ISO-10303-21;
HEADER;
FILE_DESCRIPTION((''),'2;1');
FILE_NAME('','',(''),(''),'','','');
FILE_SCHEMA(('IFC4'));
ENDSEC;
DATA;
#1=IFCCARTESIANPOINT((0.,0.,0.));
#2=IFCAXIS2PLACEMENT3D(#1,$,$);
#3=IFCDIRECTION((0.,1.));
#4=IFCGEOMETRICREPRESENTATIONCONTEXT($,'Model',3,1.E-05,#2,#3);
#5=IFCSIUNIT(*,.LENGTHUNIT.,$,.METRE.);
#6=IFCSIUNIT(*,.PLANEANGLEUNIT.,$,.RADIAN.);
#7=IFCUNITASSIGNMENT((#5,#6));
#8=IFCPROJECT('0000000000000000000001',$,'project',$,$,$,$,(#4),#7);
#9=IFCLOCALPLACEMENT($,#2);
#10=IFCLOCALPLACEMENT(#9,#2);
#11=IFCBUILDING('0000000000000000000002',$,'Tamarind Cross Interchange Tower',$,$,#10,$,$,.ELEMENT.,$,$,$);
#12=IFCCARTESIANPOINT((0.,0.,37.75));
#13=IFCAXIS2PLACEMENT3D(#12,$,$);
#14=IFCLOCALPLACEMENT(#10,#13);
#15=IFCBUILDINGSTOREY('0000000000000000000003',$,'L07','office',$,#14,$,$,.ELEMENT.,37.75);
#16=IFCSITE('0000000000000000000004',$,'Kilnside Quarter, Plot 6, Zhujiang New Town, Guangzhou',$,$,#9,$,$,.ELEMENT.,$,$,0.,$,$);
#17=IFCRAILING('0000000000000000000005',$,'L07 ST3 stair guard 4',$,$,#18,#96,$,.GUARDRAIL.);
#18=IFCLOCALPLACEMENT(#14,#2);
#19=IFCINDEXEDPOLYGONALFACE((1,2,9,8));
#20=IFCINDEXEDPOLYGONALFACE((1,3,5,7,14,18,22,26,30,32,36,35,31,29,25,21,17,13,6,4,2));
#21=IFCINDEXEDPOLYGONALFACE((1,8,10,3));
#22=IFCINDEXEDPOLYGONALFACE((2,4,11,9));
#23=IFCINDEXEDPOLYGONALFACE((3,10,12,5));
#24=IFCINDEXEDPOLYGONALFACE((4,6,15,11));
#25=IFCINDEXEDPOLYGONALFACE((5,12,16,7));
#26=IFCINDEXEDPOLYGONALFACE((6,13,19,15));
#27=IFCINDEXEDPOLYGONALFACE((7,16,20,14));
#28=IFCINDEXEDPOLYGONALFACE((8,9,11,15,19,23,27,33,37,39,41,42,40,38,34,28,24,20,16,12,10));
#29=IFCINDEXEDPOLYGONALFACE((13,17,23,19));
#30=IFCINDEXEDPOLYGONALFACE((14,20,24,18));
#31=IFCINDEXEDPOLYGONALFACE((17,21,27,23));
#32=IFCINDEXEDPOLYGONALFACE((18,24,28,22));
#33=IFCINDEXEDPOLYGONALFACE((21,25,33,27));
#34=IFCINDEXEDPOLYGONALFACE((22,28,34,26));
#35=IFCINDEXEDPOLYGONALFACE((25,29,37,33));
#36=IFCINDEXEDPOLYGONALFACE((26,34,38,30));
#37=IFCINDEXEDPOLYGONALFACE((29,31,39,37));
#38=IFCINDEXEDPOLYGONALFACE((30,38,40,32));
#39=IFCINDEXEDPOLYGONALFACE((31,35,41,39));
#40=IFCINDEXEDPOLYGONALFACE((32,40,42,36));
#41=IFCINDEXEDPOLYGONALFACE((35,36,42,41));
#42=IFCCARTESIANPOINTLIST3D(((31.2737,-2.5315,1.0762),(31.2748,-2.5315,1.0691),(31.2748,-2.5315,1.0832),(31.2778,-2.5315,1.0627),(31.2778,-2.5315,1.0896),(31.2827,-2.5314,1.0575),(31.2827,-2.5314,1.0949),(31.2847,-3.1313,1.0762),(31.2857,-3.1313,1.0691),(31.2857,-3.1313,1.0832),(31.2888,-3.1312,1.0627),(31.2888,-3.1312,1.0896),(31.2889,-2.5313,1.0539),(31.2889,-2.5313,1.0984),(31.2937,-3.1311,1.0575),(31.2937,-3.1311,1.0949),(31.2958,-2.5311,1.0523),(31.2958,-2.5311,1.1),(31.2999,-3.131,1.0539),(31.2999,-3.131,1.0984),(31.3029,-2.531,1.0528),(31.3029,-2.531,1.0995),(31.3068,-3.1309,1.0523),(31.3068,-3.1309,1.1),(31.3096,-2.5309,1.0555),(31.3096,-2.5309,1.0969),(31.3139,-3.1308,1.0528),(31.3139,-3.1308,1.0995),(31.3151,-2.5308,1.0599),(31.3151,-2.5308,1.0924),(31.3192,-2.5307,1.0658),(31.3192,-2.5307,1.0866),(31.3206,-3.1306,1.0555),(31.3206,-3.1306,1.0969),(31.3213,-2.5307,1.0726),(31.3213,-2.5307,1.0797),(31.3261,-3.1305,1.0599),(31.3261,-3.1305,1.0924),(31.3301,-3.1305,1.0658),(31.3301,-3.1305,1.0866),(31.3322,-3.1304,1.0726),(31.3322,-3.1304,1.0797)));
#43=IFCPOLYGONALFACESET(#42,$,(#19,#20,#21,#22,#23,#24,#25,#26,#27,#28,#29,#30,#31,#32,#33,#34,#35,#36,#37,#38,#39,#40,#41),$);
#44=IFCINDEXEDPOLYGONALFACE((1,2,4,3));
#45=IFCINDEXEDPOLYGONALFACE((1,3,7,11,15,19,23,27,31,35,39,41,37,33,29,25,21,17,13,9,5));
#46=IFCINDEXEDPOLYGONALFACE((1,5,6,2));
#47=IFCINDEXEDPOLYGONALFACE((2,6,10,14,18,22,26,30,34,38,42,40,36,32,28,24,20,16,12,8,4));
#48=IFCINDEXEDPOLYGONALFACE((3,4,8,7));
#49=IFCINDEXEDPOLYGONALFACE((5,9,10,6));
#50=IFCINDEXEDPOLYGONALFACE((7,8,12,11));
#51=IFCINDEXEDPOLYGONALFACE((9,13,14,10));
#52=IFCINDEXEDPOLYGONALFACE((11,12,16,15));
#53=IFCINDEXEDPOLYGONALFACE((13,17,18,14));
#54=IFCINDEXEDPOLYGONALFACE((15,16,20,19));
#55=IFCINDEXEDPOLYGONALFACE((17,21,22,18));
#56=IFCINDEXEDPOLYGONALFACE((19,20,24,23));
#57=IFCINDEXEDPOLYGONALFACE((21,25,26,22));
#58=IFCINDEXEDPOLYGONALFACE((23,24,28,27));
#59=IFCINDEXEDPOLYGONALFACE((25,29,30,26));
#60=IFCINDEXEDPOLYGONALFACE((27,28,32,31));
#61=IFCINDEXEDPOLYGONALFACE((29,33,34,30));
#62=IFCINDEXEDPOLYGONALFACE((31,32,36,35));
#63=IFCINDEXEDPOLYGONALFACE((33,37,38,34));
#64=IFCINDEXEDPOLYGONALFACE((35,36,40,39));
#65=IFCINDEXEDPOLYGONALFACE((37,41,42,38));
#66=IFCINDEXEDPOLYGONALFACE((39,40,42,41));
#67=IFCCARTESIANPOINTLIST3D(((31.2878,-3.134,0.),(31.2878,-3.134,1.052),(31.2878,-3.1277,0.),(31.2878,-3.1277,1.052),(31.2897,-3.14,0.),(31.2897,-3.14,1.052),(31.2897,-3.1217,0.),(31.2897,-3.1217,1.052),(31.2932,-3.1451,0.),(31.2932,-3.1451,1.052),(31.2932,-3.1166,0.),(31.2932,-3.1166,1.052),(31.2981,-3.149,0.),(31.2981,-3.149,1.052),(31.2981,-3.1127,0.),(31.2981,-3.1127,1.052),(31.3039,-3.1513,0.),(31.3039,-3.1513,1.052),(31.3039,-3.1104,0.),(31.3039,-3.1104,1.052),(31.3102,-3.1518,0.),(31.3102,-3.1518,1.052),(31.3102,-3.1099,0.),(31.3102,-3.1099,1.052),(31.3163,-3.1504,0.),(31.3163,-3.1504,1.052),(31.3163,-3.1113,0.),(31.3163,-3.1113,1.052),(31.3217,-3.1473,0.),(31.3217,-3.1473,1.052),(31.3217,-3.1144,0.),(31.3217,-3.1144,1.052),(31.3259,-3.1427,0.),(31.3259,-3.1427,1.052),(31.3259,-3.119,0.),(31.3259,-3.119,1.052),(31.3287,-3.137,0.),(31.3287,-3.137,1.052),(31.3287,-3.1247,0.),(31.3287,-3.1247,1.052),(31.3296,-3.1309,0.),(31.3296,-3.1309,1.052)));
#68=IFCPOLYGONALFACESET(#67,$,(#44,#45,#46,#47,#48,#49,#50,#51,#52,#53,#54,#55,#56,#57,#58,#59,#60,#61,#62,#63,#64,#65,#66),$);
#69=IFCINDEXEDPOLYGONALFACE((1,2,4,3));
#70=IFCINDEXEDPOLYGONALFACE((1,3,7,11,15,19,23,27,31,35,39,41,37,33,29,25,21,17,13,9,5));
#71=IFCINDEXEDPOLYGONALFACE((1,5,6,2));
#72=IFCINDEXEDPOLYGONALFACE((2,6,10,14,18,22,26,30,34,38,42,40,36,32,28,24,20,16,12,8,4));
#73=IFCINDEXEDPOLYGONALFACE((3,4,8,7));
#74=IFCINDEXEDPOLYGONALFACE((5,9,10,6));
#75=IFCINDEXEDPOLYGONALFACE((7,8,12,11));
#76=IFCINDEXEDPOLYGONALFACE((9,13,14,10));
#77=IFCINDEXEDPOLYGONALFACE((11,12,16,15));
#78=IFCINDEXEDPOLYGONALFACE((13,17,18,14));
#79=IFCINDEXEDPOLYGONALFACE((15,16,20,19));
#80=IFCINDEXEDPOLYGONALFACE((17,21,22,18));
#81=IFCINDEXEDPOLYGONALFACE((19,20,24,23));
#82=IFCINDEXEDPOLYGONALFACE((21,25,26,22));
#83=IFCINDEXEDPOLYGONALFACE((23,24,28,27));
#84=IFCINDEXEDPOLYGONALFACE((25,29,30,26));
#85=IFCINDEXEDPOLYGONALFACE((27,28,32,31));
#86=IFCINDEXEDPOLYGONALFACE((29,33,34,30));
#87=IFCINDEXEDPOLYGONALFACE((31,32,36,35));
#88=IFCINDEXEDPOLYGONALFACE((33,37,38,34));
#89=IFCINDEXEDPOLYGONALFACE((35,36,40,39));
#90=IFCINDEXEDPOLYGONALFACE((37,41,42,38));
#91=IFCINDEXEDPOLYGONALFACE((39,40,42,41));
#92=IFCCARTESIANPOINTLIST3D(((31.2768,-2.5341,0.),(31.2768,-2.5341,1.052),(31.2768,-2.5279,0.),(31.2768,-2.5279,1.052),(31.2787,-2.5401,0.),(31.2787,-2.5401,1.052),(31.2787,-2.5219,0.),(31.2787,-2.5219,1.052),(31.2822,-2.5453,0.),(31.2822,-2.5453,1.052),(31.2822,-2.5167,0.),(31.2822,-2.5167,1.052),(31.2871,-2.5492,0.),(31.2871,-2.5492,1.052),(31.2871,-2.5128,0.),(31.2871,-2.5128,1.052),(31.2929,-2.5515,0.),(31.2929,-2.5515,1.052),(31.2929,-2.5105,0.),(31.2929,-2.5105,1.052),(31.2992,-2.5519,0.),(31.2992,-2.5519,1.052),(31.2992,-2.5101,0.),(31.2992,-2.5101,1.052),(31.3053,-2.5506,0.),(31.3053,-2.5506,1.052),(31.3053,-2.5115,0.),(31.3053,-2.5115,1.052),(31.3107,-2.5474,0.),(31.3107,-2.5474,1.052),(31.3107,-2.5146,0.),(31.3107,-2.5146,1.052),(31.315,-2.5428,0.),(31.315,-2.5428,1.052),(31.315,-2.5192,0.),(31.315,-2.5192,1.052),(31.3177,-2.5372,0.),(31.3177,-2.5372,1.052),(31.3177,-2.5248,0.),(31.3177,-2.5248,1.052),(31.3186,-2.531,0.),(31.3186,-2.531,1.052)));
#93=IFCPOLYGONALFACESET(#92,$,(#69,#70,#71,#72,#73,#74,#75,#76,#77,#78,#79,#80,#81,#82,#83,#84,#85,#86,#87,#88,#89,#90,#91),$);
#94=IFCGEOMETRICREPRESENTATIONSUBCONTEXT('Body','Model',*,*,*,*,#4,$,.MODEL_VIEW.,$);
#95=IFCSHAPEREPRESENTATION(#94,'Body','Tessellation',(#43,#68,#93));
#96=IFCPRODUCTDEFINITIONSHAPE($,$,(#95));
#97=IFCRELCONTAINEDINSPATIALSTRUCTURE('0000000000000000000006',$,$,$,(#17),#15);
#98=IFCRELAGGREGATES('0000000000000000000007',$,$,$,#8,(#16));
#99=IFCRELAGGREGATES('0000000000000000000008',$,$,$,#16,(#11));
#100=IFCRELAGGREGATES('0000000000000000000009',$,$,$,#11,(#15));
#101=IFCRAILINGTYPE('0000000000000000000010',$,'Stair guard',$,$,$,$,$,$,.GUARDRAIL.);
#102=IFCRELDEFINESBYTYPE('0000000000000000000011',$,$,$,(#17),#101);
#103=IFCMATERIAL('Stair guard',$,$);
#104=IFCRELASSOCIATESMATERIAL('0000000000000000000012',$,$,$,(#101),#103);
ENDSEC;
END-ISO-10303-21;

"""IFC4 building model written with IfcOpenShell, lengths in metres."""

from ifc_helpers import new_model, si_unit, direction, frame, origin, origin_2d, place, context, subcontext, project, spatial, circle, extrude, material, type_object, element, save


model = new_model("IFC4")

# Units and contexts
model_context = context("Model", 3, precision=1e-05, world=origin(), true_north=direction((0.0, 1.0)))
body_context = subcontext(model_context, "Body", "Model", "MODEL_VIEW")
ifc_project = project(units=[si_unit("LENGTHUNIT", "METRE"), si_unit("PLANEANGLEUNIT", "RADIAN")], contexts=[model_context])

# Site, building, storey
site_placement = place(None, origin())
site = spatial("IfcSite", under=ifc_project, at=site_placement, Name="Kilnside Quarter, Plot 6, Zhujiang New Town, Guangzhou", CompositionType="ELEMENT", RefElevation=0.0)
building_placement = place(site_placement, origin())
building = spatial("IfcBuilding", under=site, at=building_placement, Name="Tamarind Cross Interchange Tower", CompositionType="ELEMENT")
storey_placement = place(building_placement, frame((0.0, 0.0, 37.75)))
storey = spatial("IfcBuildingStorey", under=building, at=storey_placement, Name="L07", Description="office", CompositionType="ELEMENT", Elevation=37.75)

# Railing
ifc_material_1 = material(Name="Stair guard")
railing_type_1 = type_object("IfcRailingType", Name="Stair guard", PredefinedType="GUARDRAIL", material=ifc_material_1)
railing_1_placement = place(storey_placement, frame((31.3086, -3.1309, 0.0)))
element("IfcRailing", 1, at=railing_1_placement, inside=storey, type_object=railing_type_1, Name="L07 ST3 stair guard 4", PredefinedType="GUARDRAIL", context=body_context, shape_type="SweptSolid", body=[
    extrude(circle(Radius=0.0239, at=origin_2d()), frame((0.0, 0.0, 1.0762), z_axis=(-0.018312, 0.999832, 0.0), x_axis=(-0.999832, -0.018312, 0.0)), (0.0, 0.0, 1.0), 0.5999),
    extrude(circle(Radius=0.021, at=origin_2d()), origin(), (0.0, 0.0, 1.0), 1.052),
    extrude(circle(Radius=0.021, at=origin_2d()), frame((-0.011, 0.5999, 0.0)), (0.0, 0.0, 1.0), 1.052),
])

save(model, "model.ifc")
